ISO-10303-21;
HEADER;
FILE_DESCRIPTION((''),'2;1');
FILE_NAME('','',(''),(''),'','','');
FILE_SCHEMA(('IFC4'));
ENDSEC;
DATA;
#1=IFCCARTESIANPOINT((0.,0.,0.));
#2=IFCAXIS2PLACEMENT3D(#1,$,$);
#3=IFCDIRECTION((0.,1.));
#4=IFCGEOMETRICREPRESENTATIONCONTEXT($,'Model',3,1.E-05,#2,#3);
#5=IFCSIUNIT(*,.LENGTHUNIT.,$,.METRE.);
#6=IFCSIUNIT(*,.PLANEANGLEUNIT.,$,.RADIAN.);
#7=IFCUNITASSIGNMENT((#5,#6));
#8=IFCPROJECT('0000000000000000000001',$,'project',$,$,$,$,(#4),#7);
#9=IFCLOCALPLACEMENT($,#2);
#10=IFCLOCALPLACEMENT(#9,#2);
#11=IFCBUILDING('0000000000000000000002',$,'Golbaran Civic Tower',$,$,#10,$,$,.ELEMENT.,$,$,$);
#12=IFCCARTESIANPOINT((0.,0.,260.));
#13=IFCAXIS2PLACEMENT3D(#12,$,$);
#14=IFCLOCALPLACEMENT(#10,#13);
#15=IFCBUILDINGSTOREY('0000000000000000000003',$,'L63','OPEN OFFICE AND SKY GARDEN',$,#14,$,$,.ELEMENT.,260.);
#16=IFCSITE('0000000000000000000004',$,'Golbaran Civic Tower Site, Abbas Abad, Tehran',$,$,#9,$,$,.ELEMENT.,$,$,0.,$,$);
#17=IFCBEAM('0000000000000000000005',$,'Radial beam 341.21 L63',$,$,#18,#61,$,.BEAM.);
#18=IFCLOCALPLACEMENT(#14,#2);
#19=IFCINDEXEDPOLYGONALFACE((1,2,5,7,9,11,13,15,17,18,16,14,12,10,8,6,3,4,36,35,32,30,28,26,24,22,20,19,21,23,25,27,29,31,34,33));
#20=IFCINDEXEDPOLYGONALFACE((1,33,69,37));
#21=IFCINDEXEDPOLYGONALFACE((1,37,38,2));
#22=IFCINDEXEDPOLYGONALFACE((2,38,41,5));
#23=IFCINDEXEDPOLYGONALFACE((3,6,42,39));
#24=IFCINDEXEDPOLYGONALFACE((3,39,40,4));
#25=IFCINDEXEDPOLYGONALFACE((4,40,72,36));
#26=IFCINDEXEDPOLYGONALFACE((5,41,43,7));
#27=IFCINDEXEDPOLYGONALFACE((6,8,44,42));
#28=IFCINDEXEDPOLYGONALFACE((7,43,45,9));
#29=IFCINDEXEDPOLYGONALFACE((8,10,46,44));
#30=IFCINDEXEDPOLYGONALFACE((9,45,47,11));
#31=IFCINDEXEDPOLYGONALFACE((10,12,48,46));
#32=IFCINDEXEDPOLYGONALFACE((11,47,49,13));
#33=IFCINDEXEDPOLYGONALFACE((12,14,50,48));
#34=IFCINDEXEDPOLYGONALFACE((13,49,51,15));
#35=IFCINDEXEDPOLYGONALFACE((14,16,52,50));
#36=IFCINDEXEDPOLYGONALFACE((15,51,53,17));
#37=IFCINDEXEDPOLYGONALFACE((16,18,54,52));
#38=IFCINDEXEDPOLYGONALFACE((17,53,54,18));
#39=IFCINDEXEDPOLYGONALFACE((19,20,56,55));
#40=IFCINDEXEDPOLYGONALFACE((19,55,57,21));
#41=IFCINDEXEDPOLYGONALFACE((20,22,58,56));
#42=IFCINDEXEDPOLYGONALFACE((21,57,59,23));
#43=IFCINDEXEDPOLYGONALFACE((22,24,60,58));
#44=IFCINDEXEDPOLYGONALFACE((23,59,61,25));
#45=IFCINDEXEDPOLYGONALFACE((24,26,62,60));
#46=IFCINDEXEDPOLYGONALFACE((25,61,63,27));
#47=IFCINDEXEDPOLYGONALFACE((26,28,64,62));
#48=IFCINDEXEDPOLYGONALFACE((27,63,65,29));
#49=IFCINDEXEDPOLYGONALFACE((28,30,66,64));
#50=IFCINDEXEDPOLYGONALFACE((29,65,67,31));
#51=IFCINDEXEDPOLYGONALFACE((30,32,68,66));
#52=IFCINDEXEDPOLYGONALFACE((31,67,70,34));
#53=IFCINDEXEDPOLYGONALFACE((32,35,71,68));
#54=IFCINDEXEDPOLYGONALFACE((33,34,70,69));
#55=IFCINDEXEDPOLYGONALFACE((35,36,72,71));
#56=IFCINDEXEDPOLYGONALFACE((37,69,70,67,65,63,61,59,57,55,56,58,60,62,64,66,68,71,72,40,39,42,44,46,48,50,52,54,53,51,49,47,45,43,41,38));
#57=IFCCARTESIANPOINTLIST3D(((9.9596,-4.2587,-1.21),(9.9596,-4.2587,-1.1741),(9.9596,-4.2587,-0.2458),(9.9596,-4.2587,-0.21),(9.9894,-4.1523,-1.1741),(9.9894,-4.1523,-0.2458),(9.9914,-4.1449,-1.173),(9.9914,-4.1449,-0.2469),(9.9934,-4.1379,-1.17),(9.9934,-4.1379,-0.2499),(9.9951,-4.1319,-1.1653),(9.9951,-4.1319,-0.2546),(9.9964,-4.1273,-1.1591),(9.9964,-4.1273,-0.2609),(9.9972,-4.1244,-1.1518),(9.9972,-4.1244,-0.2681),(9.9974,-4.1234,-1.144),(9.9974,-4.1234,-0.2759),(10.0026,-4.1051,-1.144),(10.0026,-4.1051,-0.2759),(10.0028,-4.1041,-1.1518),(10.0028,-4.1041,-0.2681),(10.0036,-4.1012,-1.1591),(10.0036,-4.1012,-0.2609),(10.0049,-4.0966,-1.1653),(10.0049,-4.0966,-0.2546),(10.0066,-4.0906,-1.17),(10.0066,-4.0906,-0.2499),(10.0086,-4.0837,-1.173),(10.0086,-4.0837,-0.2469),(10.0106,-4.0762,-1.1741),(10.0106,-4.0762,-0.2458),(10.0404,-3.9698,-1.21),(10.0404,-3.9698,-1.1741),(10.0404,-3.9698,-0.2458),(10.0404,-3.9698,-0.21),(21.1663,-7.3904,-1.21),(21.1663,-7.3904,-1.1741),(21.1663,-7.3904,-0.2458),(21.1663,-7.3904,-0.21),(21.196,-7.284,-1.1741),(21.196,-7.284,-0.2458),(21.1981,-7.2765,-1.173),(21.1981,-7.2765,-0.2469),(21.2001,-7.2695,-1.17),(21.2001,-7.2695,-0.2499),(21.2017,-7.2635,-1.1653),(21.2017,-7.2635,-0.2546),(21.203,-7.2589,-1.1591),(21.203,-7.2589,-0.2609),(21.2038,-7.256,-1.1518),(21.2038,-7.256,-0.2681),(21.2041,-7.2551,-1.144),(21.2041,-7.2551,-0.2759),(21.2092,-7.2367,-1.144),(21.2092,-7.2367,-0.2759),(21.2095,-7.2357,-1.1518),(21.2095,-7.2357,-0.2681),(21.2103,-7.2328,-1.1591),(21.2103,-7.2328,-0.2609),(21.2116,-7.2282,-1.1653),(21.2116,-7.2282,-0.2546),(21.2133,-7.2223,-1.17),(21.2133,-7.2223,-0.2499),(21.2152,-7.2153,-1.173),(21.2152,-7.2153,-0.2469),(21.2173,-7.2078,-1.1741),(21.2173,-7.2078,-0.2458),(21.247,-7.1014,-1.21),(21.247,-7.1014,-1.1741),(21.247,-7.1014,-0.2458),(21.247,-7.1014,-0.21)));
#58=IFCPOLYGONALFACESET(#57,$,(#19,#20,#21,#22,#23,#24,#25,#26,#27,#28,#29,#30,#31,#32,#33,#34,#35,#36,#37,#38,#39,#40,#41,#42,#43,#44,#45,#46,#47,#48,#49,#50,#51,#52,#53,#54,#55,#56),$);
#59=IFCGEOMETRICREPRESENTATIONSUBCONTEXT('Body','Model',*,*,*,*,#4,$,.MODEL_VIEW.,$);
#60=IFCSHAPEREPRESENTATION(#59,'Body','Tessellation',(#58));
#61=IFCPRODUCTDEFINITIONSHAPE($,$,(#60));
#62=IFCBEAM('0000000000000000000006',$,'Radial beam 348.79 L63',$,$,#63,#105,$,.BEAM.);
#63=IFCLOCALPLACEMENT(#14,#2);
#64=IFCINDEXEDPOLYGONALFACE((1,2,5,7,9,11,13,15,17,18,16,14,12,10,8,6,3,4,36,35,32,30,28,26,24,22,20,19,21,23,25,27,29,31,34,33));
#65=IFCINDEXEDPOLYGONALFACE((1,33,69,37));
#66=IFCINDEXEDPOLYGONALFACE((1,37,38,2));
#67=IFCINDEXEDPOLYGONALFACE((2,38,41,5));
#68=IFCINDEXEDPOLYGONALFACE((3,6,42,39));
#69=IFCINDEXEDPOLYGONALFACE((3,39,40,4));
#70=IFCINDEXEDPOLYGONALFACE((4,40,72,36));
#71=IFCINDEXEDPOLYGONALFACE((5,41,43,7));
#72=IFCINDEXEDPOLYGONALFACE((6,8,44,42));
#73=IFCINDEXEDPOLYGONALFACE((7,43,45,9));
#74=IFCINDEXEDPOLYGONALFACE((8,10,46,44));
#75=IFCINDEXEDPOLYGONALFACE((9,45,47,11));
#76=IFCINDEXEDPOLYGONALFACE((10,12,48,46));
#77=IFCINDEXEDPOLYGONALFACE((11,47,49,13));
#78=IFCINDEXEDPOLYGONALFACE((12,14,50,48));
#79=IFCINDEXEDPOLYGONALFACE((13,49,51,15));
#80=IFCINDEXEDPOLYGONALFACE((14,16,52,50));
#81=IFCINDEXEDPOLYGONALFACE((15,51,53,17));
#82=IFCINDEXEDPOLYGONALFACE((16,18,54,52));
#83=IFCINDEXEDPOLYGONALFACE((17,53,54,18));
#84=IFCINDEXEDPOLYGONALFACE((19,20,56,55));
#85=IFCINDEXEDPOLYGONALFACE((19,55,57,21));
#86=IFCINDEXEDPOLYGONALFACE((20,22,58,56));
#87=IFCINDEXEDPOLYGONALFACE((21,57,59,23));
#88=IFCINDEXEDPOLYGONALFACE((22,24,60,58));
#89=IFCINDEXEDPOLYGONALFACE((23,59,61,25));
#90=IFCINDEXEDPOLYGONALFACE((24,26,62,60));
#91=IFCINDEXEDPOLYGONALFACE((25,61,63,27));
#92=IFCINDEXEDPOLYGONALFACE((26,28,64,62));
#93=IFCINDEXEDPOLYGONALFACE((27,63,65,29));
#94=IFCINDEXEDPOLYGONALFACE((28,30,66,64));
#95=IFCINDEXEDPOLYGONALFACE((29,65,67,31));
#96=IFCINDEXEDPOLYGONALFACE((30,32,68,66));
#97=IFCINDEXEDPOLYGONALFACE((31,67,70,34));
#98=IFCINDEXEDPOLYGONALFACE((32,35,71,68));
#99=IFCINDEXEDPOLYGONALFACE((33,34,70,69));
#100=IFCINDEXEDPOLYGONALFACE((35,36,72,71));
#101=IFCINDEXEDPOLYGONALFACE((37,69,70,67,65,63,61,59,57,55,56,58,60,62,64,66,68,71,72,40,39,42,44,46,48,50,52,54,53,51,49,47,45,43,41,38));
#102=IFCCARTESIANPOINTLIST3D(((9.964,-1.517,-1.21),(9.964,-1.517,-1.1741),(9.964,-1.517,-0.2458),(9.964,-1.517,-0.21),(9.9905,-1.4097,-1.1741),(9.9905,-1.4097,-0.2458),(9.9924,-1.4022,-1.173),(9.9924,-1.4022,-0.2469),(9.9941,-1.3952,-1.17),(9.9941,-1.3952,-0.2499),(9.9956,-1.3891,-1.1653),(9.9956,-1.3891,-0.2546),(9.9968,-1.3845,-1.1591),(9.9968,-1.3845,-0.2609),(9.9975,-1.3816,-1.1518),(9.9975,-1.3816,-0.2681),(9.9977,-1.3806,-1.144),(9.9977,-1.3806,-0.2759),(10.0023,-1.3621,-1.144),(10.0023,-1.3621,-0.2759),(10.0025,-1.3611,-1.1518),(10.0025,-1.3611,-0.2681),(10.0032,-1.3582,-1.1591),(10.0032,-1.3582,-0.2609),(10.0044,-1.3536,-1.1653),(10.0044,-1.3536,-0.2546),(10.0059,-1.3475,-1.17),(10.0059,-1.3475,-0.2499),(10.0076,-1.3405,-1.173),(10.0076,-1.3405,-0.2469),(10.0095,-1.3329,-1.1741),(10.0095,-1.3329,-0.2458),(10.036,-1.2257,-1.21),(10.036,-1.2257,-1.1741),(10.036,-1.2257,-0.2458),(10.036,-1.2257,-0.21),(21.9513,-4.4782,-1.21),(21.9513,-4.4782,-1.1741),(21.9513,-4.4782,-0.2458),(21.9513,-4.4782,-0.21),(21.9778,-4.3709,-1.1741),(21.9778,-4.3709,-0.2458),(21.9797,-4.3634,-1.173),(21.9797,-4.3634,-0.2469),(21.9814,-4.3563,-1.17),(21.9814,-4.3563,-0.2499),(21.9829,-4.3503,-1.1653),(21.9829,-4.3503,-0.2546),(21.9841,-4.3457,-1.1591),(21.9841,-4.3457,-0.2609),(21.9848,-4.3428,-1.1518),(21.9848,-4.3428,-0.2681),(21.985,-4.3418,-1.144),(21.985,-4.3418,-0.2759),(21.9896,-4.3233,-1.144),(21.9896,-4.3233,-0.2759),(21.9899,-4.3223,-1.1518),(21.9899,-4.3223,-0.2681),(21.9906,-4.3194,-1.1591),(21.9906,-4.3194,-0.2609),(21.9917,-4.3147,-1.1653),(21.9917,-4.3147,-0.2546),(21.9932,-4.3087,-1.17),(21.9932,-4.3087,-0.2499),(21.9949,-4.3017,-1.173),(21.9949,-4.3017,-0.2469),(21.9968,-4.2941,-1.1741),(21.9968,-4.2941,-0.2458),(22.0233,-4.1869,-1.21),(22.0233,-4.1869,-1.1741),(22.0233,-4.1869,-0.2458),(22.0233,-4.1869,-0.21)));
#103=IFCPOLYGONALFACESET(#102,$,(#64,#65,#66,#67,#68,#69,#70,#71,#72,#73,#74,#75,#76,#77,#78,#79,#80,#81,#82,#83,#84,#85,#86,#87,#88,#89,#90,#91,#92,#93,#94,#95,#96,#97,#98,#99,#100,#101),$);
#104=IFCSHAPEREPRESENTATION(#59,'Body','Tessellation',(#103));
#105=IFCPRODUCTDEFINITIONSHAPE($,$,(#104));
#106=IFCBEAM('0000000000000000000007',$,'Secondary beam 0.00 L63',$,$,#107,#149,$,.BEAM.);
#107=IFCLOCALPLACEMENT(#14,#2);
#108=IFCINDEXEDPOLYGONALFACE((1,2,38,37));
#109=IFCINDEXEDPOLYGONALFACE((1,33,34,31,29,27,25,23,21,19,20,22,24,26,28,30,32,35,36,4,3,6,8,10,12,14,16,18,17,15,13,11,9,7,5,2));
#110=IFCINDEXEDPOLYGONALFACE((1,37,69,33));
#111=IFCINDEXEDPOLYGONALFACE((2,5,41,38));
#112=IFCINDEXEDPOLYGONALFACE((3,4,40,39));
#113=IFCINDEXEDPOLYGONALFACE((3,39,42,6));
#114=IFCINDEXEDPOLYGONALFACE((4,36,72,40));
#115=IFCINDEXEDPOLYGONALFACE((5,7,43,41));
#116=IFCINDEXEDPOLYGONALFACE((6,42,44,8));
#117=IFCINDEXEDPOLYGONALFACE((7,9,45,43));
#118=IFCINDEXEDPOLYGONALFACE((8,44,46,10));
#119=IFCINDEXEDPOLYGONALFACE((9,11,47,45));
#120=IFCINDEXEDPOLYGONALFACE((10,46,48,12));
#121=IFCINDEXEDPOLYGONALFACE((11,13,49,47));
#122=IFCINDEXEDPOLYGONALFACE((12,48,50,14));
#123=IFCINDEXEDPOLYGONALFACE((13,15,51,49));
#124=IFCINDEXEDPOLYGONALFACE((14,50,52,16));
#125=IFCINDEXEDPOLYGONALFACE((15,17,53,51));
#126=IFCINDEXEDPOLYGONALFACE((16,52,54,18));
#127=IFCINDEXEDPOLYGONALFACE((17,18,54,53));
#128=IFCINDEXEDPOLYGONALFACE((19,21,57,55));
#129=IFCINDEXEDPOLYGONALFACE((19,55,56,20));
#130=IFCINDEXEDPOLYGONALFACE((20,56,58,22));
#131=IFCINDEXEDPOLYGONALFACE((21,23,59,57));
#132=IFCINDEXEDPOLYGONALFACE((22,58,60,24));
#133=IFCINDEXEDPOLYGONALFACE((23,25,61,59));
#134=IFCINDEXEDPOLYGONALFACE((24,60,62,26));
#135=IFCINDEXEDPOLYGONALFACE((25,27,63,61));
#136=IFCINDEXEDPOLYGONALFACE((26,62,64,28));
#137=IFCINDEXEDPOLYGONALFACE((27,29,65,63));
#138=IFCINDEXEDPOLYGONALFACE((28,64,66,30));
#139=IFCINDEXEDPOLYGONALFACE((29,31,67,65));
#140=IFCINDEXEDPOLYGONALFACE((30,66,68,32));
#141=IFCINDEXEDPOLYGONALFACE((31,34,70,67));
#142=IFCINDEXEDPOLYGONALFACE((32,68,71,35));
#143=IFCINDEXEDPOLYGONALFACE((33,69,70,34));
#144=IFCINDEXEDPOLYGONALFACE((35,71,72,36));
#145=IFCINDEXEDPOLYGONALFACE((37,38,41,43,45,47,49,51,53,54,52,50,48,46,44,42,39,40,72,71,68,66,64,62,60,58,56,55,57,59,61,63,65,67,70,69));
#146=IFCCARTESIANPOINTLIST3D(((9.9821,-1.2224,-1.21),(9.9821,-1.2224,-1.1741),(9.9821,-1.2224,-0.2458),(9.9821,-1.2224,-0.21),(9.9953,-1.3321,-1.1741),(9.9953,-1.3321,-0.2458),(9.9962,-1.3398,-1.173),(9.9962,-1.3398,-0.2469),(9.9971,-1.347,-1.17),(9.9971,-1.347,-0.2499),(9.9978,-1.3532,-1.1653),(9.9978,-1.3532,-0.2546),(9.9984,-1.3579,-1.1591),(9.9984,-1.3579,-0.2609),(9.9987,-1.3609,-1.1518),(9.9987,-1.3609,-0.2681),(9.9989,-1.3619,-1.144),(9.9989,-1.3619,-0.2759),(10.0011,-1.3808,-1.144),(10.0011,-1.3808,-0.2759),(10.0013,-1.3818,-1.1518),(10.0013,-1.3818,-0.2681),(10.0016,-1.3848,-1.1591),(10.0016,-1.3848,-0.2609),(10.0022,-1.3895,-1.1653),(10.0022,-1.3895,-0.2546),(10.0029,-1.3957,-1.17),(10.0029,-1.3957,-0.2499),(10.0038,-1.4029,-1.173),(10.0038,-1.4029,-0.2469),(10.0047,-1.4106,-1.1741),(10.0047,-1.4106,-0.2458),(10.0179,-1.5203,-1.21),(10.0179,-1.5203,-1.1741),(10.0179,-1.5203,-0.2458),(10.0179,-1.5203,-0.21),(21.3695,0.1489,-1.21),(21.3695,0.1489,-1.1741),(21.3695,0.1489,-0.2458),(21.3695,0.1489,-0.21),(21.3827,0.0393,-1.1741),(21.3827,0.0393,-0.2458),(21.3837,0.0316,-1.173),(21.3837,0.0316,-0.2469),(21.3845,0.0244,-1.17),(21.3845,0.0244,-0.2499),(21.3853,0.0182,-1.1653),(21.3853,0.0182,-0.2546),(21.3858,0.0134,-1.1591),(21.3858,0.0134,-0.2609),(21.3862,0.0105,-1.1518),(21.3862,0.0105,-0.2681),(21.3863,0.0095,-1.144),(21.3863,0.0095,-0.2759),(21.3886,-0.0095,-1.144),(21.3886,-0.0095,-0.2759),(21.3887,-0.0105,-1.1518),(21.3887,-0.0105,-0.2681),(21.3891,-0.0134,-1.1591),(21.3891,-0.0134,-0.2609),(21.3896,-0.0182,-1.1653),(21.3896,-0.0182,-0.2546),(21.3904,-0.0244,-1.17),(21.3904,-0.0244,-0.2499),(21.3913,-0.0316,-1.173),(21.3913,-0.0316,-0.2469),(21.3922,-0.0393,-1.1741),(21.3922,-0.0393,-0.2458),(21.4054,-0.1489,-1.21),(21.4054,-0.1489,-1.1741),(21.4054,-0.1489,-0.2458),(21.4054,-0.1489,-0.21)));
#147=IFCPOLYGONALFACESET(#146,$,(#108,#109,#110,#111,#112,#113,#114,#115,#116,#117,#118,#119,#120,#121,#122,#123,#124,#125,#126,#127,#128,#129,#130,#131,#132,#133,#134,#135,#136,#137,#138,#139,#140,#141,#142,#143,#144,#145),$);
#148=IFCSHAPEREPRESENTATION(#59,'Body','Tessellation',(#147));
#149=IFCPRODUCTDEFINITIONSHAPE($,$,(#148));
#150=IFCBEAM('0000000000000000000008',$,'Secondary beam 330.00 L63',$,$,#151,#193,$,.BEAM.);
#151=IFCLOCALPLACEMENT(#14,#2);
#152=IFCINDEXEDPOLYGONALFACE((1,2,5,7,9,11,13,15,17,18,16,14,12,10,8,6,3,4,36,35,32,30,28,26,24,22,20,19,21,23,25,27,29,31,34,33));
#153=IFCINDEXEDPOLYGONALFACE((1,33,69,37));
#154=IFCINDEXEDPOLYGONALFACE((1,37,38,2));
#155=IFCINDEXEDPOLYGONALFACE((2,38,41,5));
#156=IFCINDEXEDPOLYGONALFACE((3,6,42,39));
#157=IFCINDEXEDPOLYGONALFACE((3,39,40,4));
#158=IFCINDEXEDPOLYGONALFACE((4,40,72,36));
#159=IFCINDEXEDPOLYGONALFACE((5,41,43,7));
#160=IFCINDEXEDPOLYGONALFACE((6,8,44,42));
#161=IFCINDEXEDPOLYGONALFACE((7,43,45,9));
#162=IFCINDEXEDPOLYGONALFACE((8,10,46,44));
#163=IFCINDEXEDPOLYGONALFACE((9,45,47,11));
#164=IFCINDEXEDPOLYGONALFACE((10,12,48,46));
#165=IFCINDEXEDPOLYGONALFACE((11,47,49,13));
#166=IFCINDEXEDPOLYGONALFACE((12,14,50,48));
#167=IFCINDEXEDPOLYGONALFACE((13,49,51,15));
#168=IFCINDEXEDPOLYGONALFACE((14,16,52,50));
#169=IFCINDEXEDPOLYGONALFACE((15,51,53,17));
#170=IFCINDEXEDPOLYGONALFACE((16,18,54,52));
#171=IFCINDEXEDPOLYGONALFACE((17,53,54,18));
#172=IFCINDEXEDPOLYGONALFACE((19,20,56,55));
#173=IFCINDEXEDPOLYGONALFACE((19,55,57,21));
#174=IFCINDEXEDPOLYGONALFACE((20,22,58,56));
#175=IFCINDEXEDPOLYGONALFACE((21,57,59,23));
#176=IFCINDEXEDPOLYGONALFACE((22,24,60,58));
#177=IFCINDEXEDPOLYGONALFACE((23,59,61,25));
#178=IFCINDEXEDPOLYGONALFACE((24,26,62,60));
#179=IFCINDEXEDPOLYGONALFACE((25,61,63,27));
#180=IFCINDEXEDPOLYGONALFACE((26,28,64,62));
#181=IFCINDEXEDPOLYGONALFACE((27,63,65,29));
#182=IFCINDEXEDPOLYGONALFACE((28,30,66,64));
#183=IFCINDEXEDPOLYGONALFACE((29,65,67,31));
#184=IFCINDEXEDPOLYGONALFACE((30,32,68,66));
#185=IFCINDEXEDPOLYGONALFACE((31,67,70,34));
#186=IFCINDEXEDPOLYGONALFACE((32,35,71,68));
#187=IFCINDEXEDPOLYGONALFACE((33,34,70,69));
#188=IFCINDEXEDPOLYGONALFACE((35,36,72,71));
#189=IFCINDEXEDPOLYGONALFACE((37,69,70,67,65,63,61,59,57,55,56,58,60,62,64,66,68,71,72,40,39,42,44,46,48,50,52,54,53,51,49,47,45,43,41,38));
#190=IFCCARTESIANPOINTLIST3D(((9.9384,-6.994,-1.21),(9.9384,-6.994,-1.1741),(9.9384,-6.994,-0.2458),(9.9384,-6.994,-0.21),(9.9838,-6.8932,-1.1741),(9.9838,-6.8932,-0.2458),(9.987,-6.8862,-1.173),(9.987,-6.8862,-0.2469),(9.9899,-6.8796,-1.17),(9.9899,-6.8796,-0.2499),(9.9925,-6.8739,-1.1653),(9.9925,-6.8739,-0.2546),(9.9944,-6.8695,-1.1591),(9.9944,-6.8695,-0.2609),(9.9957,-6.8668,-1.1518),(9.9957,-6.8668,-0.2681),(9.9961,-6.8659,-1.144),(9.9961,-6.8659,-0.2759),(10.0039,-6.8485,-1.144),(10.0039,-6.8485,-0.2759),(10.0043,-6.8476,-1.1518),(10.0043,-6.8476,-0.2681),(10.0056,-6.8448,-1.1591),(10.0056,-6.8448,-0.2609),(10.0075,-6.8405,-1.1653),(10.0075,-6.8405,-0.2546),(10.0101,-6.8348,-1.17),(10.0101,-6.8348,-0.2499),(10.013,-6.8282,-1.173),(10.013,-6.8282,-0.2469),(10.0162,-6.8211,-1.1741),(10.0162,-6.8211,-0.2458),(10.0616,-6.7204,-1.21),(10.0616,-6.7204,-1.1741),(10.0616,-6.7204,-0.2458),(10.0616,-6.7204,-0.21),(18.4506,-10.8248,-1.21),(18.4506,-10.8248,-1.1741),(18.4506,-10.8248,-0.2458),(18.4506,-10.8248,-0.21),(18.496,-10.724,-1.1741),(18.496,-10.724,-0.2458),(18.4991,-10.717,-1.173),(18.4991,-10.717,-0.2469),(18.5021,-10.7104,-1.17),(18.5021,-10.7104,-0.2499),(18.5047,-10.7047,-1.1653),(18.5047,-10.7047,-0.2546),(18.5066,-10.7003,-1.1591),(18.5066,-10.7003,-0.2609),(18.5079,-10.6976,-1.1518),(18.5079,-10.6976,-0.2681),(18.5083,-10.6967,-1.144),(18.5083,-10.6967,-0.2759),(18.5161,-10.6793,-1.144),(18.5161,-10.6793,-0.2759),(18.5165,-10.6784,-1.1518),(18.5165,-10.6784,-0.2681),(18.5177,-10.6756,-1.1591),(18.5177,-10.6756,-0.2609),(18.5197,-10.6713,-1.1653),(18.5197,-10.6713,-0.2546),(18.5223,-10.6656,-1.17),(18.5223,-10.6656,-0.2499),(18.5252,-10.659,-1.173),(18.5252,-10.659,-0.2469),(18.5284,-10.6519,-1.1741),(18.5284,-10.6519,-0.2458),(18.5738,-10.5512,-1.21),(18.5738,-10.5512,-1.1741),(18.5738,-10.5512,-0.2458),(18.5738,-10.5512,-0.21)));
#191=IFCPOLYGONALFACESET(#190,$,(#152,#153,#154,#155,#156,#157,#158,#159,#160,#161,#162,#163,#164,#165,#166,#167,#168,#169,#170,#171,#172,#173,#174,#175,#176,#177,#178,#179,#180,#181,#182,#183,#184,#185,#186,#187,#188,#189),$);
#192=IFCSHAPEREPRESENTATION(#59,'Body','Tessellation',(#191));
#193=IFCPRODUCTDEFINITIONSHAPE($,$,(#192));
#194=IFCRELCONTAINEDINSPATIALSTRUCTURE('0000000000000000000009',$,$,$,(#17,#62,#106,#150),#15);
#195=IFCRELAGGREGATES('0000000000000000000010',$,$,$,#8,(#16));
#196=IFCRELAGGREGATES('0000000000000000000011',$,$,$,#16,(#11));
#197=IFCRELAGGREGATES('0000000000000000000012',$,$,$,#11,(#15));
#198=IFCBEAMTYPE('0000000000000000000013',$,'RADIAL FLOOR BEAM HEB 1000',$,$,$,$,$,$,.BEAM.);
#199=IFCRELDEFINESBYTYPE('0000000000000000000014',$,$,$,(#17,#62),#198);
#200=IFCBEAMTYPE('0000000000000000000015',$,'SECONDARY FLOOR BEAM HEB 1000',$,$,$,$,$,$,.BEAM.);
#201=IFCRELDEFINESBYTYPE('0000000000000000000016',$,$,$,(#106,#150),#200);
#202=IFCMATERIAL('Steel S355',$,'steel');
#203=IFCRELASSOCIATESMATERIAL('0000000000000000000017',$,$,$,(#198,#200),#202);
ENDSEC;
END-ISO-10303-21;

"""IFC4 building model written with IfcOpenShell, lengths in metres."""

from ifc_helpers import new_model, si_unit, direction, frame, origin, origin_2d, place, context, subcontext, project, spatial, i_section, extrude, material, material_profile, profile_set, type_object, element, save


model = new_model("IFC4")

# Units and contexts
model_context = context("Model", 3, precision=1e-05, world=origin(), true_north=direction((0.0, 1.0)))
body_context = subcontext(model_context, "Body", "Model", "MODEL_VIEW")
ifc_project = project(units=[si_unit("LENGTHUNIT", "METRE"), si_unit("PLANEANGLEUNIT", "RADIAN")], contexts=[model_context])

# Site, building, storey
site_placement = place(None, origin())
site = spatial("IfcSite", under=ifc_project, at=site_placement, Name="Golbaran Civic Tower Site, Abbas Abad, Tehran", CompositionType="ELEMENT", RefElevation=0.0)
building_placement = place(site_placement, origin())
building = spatial("IfcBuilding", under=site, at=building_placement, Name="Golbaran Civic Tower", CompositionType="ELEMENT")
storey_placement = place(building_placement, frame((0.0, 0.0, 260.0)))
storey = spatial("IfcBuildingStorey", under=building, at=storey_placement, Name="L63", Description="OPEN OFFICE AND SKY GARDEN", CompositionType="ELEMENT", Elevation=260.0)

# Beams
ifc_material_1 = material(Name="Steel S355", Category="steel")
ifc_material_profile_1 = material_profile(ifc_material_1, i_section(OverallWidth=0.3, OverallDepth=1.0, WebThickness=0.019, FlangeThickness=0.0359, FilletRadius=0.03, at=origin_2d()), Name="HEB 1000")
ifc_profile_set_1 = profile_set([ifc_material_profile_1], Name="Steel S355")
beam_type_1 = type_object("IfcBeamType", Name="RADIAL FLOOR BEAM HEB 1000", PredefinedType="BEAM", material=ifc_profile_set_1)
beam_1_placement = place(storey_placement, frame((10.0, -4.1143, -0.71), z_axis=(0.963103, -0.269133, 0.0), x_axis=(0.269133, 0.963103, 0.0)))
element("IfcBeam", 1, at=beam_1_placement, inside=storey, type_object=beam_type_1, Name="Radial beam 341.21 L63", PredefinedType="BEAM", context=body_context, shape_type="SweptSolid", body=[
    extrude(i_section(OverallWidth=0.3, OverallDepth=1.0, WebThickness=0.019, FlangeThickness=0.0359, FilletRadius=0.03, at=origin_2d()), origin(), (0.0, 0.0, 1.0), 11.636),
])
beam_2_placement = place(storey_placement, frame((10.0, -1.3713, -0.71), z_axis=(0.970818, -0.239818, 0.0), x_axis=(0.239818, 0.970818, 0.0)))
element("IfcBeam", 2, at=beam_2_placement, inside=storey, type_object=beam_type_1, Name="Radial beam 348.79 L63", PredefinedType="BEAM", context=body_context, shape_type="SweptSolid", body=[
    extrude(i_section(OverallWidth=0.3, OverallDepth=1.0, WebThickness=0.019, FlangeThickness=0.0359, FilletRadius=0.03, at=origin_2d()), origin(), (0.0, 0.0, 1.0), 12.3477),
])
ifc_material_profile_2 = material_profile(ifc_material_1, i_section(OverallWidth=0.3, OverallDepth=1.0, WebThickness=0.019, FlangeThickness=0.0359, FilletRadius=0.03, at=origin_2d()), Name="HEB 1000")
ifc_profile_set_2 = profile_set([ifc_material_profile_2], Name="Steel S355")
beam_type_2 = type_object("IfcBeamType", Name="SECONDARY FLOOR BEAM HEB 1000", PredefinedType="BEAM", material=ifc_profile_set_2)
beam_3_placement = place(storey_placement, frame((10.0, -1.3713, -0.71), z_axis=(0.992827, 0.119562, 0.0), x_axis=(-0.119562, 0.992827, 0.0)))
element("IfcBeam", 3, at=beam_3_placement, inside=storey, type_object=beam_type_2, Name="Secondary beam 0.00 L63", PredefinedType="BEAM", context=body_context, shape_type="SweptSolid", body=[
    extrude(i_section(OverallWidth=0.3, OverallDepth=1.0, WebThickness=0.019, FlangeThickness=0.0359, FilletRadius=0.03, at=origin_2d()), origin(), (0.0, 0.0, 1.0), 11.4697),
])
beam_4_placement = place(storey_placement, frame((10.0, -6.8572, -0.71), z_axis=(0.911909, -0.410393, 0.0), x_axis=(0.410393, 0.911909, 0.0)))
element("IfcBeam", 4, at=beam_4_placement, inside=storey, type_object=beam_type_2, Name="Secondary beam 330.00 L63", PredefinedType="BEAM", context=body_context, shape_type="SweptSolid", body=[
    extrude(i_section(OverallWidth=0.3, OverallDepth=1.0, WebThickness=0.019, FlangeThickness=0.0359, FilletRadius=0.03, at=origin_2d()), origin(), (0.0, 0.0, 1.0), 9.3345),
])

save(model, "model.ifc")
